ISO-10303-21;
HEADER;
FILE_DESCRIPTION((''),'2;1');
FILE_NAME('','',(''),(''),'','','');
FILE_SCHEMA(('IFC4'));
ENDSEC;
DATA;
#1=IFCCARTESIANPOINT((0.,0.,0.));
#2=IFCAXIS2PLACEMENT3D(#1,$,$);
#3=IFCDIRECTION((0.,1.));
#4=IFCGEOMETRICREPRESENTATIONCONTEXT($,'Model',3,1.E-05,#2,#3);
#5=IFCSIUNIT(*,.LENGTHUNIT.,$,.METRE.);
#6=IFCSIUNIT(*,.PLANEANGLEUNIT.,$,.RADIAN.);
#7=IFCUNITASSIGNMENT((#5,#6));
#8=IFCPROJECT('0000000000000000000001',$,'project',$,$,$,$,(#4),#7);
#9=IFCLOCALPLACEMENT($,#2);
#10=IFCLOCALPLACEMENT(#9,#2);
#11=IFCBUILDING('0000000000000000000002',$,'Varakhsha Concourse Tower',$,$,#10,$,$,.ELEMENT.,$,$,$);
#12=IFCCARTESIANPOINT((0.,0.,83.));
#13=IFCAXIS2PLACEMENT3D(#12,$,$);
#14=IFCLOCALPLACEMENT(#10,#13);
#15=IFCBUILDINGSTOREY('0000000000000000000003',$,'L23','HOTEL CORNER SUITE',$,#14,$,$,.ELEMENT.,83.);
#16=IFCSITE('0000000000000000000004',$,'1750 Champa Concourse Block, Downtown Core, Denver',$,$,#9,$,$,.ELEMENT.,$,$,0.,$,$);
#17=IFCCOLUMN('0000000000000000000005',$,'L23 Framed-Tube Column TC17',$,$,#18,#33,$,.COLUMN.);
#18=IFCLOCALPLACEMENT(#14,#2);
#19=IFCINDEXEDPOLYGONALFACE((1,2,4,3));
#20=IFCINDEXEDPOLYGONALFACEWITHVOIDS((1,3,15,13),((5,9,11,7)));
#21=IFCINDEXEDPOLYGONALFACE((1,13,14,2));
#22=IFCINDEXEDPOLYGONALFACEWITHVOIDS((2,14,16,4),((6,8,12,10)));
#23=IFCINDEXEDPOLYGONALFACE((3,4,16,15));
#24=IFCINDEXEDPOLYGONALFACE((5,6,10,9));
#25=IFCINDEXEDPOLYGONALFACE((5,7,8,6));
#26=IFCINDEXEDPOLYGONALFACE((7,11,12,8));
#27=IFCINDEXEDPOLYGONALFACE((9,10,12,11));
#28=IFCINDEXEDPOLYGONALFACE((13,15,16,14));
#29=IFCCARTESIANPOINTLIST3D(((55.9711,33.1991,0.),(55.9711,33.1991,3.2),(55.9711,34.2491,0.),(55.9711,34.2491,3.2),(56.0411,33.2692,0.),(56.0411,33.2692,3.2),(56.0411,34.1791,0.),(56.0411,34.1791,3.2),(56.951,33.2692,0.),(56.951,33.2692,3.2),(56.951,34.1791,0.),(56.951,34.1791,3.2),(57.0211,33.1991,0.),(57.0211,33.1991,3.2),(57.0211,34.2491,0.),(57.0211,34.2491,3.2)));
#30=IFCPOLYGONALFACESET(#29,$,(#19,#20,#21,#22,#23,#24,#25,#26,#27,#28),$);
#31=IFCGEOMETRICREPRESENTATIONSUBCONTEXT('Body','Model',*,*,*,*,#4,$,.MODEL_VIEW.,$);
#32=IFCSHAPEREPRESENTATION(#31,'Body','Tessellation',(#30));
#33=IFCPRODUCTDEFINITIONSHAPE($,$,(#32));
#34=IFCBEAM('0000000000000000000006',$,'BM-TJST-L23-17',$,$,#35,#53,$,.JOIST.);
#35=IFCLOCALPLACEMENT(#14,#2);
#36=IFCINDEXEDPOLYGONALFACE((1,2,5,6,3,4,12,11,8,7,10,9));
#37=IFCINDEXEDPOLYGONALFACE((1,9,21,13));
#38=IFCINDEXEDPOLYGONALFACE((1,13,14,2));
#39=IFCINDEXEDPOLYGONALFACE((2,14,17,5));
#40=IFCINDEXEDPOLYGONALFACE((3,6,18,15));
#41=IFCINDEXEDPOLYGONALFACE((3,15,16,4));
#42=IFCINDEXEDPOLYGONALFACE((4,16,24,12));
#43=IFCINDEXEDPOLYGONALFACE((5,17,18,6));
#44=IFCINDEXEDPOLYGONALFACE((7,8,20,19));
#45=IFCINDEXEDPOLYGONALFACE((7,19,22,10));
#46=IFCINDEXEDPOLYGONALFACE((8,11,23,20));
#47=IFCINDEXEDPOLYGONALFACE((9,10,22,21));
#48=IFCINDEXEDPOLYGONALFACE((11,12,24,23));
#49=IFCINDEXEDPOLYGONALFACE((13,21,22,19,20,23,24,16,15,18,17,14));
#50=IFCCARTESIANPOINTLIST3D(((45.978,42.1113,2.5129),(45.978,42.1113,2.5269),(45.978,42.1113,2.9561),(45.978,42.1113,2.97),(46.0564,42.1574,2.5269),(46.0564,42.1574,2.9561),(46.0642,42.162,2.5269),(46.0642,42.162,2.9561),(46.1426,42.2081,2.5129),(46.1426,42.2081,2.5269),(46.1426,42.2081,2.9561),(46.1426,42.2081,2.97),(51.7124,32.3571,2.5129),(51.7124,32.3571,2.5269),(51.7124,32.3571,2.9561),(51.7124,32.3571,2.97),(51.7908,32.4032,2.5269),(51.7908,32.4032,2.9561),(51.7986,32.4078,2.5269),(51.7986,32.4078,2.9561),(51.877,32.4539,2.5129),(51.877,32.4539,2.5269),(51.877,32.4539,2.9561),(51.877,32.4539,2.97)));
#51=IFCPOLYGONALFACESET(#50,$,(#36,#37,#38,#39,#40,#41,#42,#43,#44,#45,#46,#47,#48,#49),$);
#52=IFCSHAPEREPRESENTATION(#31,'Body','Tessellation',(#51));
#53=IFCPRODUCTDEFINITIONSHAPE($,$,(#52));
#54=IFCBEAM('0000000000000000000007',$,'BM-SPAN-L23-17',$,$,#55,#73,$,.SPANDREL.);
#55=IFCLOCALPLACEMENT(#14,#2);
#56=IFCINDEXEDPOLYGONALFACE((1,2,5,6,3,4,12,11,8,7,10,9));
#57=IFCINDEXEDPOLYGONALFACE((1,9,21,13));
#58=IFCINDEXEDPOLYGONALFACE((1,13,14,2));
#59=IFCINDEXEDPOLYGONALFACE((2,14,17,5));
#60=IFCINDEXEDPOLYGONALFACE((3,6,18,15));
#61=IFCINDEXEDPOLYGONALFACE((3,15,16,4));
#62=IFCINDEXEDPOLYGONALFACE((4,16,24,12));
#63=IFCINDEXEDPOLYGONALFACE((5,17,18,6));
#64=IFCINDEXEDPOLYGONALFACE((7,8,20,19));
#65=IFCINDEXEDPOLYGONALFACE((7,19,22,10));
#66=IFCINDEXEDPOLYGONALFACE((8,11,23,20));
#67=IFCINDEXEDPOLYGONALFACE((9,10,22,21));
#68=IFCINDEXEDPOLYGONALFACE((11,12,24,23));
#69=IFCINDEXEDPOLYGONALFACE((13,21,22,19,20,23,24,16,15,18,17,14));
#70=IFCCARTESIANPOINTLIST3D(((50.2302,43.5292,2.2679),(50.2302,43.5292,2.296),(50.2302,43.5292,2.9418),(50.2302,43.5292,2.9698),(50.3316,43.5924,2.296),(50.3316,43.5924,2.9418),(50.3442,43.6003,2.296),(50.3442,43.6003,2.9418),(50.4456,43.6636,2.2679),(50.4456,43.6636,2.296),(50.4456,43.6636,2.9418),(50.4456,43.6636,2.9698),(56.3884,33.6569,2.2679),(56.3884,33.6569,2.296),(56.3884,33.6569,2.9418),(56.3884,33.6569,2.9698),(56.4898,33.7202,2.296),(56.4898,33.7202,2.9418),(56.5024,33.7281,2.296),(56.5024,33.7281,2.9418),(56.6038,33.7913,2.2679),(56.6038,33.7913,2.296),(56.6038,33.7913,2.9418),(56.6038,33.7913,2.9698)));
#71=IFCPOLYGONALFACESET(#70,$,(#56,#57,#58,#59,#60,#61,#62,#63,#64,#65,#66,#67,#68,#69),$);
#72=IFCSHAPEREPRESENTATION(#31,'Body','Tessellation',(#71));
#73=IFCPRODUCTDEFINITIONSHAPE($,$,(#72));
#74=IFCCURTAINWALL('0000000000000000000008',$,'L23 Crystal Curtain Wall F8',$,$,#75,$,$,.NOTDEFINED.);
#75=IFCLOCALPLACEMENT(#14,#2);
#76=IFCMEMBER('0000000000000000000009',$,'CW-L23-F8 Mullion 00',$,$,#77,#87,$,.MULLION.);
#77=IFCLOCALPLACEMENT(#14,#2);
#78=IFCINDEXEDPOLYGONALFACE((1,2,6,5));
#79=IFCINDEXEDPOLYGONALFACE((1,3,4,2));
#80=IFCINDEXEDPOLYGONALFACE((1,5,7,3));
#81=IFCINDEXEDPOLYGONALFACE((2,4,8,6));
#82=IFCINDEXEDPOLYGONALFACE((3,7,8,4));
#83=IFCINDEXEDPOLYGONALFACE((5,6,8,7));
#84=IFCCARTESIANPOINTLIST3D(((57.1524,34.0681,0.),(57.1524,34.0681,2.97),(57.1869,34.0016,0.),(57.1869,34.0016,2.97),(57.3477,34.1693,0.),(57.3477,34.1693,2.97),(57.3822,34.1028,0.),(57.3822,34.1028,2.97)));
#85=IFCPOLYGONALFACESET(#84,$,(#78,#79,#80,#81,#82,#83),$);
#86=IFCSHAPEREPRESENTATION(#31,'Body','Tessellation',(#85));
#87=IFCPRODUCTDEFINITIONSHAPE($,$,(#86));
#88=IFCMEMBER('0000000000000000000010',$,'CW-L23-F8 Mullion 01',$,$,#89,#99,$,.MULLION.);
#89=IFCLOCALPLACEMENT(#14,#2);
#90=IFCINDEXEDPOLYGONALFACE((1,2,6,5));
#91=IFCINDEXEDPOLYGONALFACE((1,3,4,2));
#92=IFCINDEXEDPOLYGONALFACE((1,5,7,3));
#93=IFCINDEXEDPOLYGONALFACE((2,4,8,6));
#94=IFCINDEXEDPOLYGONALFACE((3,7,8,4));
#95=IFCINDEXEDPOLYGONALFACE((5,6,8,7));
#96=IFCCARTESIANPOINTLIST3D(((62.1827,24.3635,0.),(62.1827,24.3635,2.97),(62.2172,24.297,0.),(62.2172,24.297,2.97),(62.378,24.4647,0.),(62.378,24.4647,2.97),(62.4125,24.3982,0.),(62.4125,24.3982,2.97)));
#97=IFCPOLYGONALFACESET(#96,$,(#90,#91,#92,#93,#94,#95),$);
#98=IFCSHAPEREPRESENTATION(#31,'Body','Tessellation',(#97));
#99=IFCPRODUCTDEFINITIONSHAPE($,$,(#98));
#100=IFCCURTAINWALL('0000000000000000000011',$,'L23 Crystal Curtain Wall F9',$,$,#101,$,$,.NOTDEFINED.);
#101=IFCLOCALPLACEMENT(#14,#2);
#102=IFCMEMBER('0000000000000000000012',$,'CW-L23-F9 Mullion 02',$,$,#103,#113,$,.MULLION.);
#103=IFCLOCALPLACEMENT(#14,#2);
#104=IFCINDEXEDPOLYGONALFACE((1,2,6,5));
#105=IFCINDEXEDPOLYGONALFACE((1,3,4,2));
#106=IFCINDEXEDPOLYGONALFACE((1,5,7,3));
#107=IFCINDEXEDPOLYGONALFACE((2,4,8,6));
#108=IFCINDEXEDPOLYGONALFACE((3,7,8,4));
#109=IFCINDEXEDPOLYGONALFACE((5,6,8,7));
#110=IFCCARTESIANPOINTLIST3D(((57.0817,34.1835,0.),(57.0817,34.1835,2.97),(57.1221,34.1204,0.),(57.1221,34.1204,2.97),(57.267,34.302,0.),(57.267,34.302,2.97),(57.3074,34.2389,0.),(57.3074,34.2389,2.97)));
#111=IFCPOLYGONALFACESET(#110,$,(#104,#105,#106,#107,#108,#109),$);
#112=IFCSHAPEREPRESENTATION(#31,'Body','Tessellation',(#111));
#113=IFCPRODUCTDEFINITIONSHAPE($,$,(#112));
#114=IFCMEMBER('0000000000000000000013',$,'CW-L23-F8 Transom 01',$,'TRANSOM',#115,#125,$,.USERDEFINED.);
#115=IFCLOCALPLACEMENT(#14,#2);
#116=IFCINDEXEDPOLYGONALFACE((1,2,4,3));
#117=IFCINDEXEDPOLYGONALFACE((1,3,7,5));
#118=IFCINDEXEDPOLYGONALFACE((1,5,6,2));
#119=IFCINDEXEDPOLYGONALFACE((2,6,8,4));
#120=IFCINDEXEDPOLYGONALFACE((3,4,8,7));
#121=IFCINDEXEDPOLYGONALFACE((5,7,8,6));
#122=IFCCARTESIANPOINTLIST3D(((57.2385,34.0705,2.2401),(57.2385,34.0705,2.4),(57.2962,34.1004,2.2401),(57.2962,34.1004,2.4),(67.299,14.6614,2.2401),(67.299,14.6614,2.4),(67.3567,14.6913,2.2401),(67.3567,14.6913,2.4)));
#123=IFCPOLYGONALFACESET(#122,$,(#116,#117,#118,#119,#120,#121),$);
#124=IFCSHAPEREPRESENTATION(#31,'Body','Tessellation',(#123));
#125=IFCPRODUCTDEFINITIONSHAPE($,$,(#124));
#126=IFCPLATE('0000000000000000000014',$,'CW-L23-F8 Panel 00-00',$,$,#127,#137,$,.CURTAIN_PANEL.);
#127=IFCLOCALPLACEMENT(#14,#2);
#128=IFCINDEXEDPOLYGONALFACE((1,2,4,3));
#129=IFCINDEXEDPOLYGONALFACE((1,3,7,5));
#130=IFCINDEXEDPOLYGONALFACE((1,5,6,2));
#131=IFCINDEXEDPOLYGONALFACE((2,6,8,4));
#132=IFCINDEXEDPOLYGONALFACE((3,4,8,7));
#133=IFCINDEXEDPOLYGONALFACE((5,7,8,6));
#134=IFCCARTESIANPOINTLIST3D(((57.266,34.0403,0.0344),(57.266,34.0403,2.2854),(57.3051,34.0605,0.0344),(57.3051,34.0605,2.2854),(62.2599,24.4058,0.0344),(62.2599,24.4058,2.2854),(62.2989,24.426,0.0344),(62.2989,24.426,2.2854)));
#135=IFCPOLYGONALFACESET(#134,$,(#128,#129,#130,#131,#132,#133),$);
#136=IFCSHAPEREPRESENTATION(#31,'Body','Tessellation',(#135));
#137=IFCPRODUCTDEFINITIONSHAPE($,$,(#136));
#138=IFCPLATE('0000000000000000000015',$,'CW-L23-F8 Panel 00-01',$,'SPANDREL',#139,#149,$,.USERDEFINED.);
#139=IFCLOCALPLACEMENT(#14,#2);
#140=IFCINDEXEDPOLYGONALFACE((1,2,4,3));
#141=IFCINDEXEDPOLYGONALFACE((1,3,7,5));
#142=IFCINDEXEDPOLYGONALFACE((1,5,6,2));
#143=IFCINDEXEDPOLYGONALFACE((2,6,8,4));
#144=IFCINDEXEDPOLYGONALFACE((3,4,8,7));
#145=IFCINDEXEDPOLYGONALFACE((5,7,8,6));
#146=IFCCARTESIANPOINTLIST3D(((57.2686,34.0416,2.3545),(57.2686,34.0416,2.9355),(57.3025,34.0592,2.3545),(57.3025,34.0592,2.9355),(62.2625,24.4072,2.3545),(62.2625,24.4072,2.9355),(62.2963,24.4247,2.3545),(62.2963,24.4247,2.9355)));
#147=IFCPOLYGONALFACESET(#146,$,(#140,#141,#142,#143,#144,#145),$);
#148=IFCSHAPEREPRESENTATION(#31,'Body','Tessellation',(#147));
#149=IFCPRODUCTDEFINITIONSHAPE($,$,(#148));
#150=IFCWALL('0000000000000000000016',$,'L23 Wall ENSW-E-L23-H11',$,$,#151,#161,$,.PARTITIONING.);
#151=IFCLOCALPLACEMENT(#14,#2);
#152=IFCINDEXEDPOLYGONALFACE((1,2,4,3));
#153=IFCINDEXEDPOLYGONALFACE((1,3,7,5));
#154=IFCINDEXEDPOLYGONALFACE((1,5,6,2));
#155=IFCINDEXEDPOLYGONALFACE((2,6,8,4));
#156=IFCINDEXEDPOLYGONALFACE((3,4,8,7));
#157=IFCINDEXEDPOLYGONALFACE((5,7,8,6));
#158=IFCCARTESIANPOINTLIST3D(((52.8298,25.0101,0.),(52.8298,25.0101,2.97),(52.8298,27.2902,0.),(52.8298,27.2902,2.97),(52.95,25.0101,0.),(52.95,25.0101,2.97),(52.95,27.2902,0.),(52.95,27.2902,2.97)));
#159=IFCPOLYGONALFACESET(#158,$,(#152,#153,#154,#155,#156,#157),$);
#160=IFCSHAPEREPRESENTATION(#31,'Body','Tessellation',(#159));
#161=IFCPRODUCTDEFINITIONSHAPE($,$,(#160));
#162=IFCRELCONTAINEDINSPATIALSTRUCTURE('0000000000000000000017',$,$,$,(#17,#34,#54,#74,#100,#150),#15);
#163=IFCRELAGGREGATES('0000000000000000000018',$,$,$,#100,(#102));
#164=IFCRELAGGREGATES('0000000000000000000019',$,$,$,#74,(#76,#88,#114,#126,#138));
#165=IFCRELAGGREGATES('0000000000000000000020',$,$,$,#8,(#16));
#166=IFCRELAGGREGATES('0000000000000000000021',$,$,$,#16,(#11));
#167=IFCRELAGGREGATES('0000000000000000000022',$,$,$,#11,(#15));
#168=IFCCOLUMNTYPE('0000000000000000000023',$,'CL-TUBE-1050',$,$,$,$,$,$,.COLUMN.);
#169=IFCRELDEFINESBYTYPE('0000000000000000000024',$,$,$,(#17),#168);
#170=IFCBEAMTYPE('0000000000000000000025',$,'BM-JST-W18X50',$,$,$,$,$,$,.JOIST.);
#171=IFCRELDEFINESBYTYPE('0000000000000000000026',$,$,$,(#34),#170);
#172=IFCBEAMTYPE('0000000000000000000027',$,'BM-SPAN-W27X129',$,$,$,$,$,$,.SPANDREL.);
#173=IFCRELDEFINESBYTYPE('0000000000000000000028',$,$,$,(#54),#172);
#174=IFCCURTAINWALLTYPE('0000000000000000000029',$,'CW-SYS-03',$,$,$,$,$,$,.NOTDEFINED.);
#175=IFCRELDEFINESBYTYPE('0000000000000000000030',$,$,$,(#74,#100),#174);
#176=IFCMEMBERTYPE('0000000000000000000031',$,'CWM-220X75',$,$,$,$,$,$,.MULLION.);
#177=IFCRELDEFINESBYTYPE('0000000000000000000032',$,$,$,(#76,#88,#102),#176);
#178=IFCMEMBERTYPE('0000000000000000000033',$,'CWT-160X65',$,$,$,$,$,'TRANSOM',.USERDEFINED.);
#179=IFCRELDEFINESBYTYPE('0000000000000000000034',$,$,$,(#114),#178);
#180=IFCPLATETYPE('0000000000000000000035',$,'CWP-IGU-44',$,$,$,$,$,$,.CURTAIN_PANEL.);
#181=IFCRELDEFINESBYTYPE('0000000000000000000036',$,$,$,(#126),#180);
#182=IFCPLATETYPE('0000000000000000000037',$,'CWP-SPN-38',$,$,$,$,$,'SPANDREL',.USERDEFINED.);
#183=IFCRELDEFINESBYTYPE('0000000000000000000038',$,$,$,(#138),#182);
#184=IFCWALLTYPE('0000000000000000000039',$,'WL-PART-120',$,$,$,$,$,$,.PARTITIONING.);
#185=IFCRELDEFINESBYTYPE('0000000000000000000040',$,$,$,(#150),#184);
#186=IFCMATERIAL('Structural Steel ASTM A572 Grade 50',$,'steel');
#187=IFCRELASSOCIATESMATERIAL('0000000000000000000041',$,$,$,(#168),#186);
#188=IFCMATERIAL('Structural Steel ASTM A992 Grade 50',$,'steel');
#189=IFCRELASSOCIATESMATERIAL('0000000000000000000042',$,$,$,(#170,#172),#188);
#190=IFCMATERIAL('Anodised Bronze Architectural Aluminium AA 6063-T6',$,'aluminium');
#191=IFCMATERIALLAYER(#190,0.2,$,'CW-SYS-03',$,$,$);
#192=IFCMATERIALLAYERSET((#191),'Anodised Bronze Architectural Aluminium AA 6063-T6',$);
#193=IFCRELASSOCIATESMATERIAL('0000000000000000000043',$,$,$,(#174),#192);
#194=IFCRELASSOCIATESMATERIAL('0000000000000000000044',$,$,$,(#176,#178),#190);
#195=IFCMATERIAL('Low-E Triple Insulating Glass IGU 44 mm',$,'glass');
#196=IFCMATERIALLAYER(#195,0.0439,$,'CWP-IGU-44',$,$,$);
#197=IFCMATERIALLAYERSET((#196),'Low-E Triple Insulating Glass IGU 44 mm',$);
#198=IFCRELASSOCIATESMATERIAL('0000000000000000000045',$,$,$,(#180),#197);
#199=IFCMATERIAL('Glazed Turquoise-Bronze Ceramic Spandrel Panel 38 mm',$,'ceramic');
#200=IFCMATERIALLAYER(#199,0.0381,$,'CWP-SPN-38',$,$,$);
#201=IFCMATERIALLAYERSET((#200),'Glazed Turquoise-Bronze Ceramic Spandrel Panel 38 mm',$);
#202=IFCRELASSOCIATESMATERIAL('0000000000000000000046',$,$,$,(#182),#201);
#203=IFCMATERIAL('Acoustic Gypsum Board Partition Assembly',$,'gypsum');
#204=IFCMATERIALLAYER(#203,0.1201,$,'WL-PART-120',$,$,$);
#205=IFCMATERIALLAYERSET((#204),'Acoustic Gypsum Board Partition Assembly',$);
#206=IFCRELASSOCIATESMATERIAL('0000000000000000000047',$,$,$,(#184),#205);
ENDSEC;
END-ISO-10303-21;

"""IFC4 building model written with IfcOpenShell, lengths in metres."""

from ifc_helpers import new_model, si_unit, direction, frame, frame_2d, origin, origin_2d, place, context, subcontext, project, spatial, rectangle, hollow_rectangle, i_section, extrude, source, transform, mapped, material, layer, layer_set, material_profile, profile_set, type_object, type_shapes, element, aggregate, save


model = new_model("IFC4")

# Units and contexts
model_context = context("Model", 3, precision=1e-05, world=origin(), true_north=direction((0.0, 1.0)))
body_context = subcontext(model_context, "Body", "Model", "MODEL_VIEW")
ifc_project = project(units=[si_unit("LENGTHUNIT", "METRE"), si_unit("PLANEANGLEUNIT", "RADIAN")], contexts=[model_context])

# Site, building, storey
site_placement = place(None, origin())
site = spatial("IfcSite", under=ifc_project, at=site_placement, Name="1750 Champa Concourse Block, Downtown Core, Denver", CompositionType="ELEMENT", RefElevation=0.0)
building_placement = place(site_placement, origin())
building = spatial("IfcBuilding", under=site, at=building_placement, Name="Varakhsha Concourse Tower", CompositionType="ELEMENT")
storey_placement = place(building_placement, frame((0.0, 0.0, 83.0)))
storey = spatial("IfcBuildingStorey", under=building, at=storey_placement, Name="L23", Description="HOTEL CORNER SUITE", CompositionType="ELEMENT", Elevation=83.0)

# Column
ifc_material_1 = material(Name="Structural Steel ASTM A572 Grade 50", Category="steel")
ifc_material_profile_1 = material_profile(ifc_material_1, hollow_rectangle(XDim=1.05, YDim=1.05, WallThickness=0.0701, at=origin_2d()), Name="BOX 1050x1050x70")
ifc_profile_set_1 = profile_set([ifc_material_profile_1], Name="Structural Steel ASTM A572 Grade 50")
column_type = type_object("IfcColumnType", Name="CL-TUBE-1050", PredefinedType="COLUMN", material=ifc_profile_set_1)
column_placement = place(storey_placement, frame((56.4961, 33.7241, 0.0), z_axis=(0.0, 0.0, 1.0), x_axis=(1.0, 0.0, 0.0)))
element("IfcColumn", 1, at=column_placement, inside=storey, type_object=column_type, Name="L23 Framed-Tube Column TC17", PredefinedType="COLUMN", context=body_context, shape_type="SweptSolid", body=[
    extrude(hollow_rectangle(XDim=1.05, YDim=1.05, WallThickness=0.0701, at=origin_2d()), origin(), (0.0, 0.0, 1.0), 3.2),
])

# Beams
ifc_material_2 = material(Name="Structural Steel ASTM A992 Grade 50", Category="steel")
ifc_material_profile_2 = material_profile(ifc_material_2, i_section(OverallWidth=0.1909, OverallDepth=0.457, WebThickness=0.009, FlangeThickness=0.0139, at=origin_2d()), Name="W18X50")
ifc_profile_set_2 = profile_set([ifc_material_profile_2], Name="Structural Steel ASTM A992 Grade 50")
beam_type_1 = type_object("IfcBeamType", Name="BM-JST-W18X50", PredefinedType="JOIST", material=ifc_profile_set_2)
beam_1_placement = place(storey_placement, frame((51.7947, 32.4055, 2.7415), z_axis=(-0.506799, 0.862064, 0.0), x_axis=(-0.862064, -0.506799, 0.0)))
element("IfcBeam", 2, at=beam_1_placement, inside=storey, type_object=beam_type_1, Name="BM-TJST-L23-17", PredefinedType="JOIST", context=body_context, shape_type="SweptSolid", body=[
    extrude(i_section(OverallWidth=0.1909, OverallDepth=0.457, WebThickness=0.009, FlangeThickness=0.0139, at=origin_2d()), origin(), (0.0, 0.0, 1.0), 11.3149),
])
ifc_material_profile_3 = material_profile(ifc_material_2, i_section(OverallWidth=0.2539, OverallDepth=0.7019, WebThickness=0.0149, FlangeThickness=0.0281, at=origin_2d()), Name="W27X129")
ifc_profile_set_3 = profile_set([ifc_material_profile_3], Name="Structural Steel ASTM A992 Grade 50")
beam_type_2 = type_object("IfcBeamType", Name="BM-SPAN-W27X129", PredefinedType="SPANDREL", material=ifc_profile_set_3)
beam_2_placement = place(storey_placement, frame((56.4961, 33.7241, 2.6189), z_axis=(-0.529258, 0.848461, 0.0), x_axis=(-0.848461, -0.529258, 0.0)))
element("IfcBeam", 3, at=beam_2_placement, inside=storey, type_object=beam_type_2, Name="BM-SPAN-L23-17", PredefinedType="SPANDREL", context=body_context, shape_type="SweptSolid", body=[
    extrude(i_section(OverallWidth=0.2539, OverallDepth=0.7019, WebThickness=0.0149, FlangeThickness=0.0281, at=origin_2d()), origin(), (0.0, 0.0, 1.0), 11.6355),
])

# Curtain wall, members
ifc_material_3 = material(Name="Anodised Bronze Architectural Aluminium AA 6063-T6", Category="aluminium")
ifc_layer_1 = layer(ifc_material_3, 0.2, Name="CW-SYS-03")
ifc_layer_set_1 = layer_set([ifc_layer_1], Name="Anodised Bronze Architectural Aluminium AA 6063-T6")
curtain_wall_type = type_object("IfcCurtainWallType", Name="CW-SYS-03", PredefinedType="NOTDEFINED", material=ifc_layer_set_1)
curtain_wall_1_placement = place(storey_placement, origin())
curtain_wall_1 = element("IfcCurtainWall", 4, at=curtain_wall_1_placement, inside=storey, type_object=curtain_wall_type, Name="L23 Crystal Curtain Wall F8", PredefinedType="NOTDEFINED")
ifc_material_profile_4 = material_profile(ifc_material_3, rectangle(XDim=0.075, YDim=0.22, at=origin_2d()), Name="CWM-220X75")
ifc_profile_set_4 = profile_set([ifc_material_profile_4], Name="Anodised Bronze Architectural Aluminium AA 6063-T6")
member_type_1 = type_object("IfcMemberType", Name="CWM-220X75", PredefinedType="MULLION", material=ifc_profile_set_4)
shared_shape_1 = source(origin(), body_context, "Body", "SweptSolid", [
    extrude(rectangle(XDim=0.075, YDim=0.22, at=origin_2d()), origin(), (0.0, 0.0, 1.0), 2.97),
])
type_shapes(member_type_1, [shared_shape_1])
member_1_placement = place(storey_placement, frame((57.2673, 34.0854, 0.0), z_axis=(0.0, 0.0, 1.0), x_axis=(0.460186, -0.887823, 0.0)))
member_1 = element("IfcMember", 5, at=member_1_placement, type_object=member_type_1, Name="CW-L23-F8 Mullion 00", PredefinedType="MULLION", context=body_context, shape_type="MappedRepresentation", body=[
    mapped(shared_shape_1, transform((0.0, 0.0, 0.0), scale=1.0)),
])
member_2_placement = place(storey_placement, frame((62.2976, 24.3809, 0.0), z_axis=(0.0, 0.0, 1.0), x_axis=(0.460186, -0.887823, 0.0)))
member_2 = element("IfcMember", 6, at=member_2_placement, type_object=member_type_1, Name="CW-L23-F8 Mullion 01", PredefinedType="MULLION", context=body_context, shape_type="MappedRepresentation", body=[
    mapped(shared_shape_1, transform((0.0, 0.0, 0.0), scale=1.0)),
])

# Curtain wall, member
curtain_wall_2_placement = place(storey_placement, origin())
curtain_wall_2 = element("IfcCurtainWall", 7, at=curtain_wall_2_placement, inside=storey, type_object=curtain_wall_type, Name="L23 Crystal Curtain Wall F9", PredefinedType="NOTDEFINED")
member_3_placement = place(storey_placement, frame((57.1946, 34.2112, 0.0), z_axis=(0.0, 0.0, 1.0), x_axis=(0.538787, -0.842442, 0.0)))
member_3 = element("IfcMember", 8, at=member_3_placement, type_object=member_type_1, Name="CW-L23-F9 Mullion 02", PredefinedType="MULLION", context=body_context, shape_type="MappedRepresentation", body=[
    mapped(shared_shape_1, transform((0.0, 0.0, 0.0), scale=1.0)),
])
aggregate(curtain_wall_2, [member_3])

# Member
ifc_material_profile_5 = material_profile(ifc_material_3, rectangle(XDim=0.0649, YDim=0.1599, at=origin_2d()), Name="CWT-160X65")
ifc_profile_set_5 = profile_set([ifc_material_profile_5], Name="Anodised Bronze Architectural Aluminium AA 6063-T6")
member_type_2 = type_object("IfcMemberType", Name="CWT-160X65", ElementType="TRANSOM", PredefinedType="USERDEFINED", material=ifc_profile_set_5)
shared_shape_2 = source(origin(), body_context, "Body", "SweptSolid", [
    extrude(rectangle(XDim=0.0649, YDim=0.1599, at=origin_2d()), origin(), (0.0, 0.0, 1.0), 21.8616),
])
type_shapes(member_type_2, [shared_shape_2])
member_4_placement = place(storey_placement, frame((57.2673, 34.0854, 2.3201), z_axis=(0.460192, -0.887819, 0.0), x_axis=(0.887819, 0.460192, 0.0)))
member_4 = element("IfcMember", 9, at=member_4_placement, type_object=member_type_2, Name="CW-L23-F8 Transom 01", ObjectType="TRANSOM", PredefinedType="USERDEFINED", context=body_context, shape_type="MappedRepresentation", body=[
    mapped(shared_shape_2, transform((0.0, 0.0, 0.0), scale=1.0)),
])

# Plates
ifc_material_4 = material(Name="Low-E Triple Insulating Glass IGU 44 mm", Category="glass")
ifc_layer_2 = layer(ifc_material_4, 0.0439, Name="CWP-IGU-44")
ifc_layer_set_2 = layer_set([ifc_layer_2], Name="Low-E Triple Insulating Glass IGU 44 mm")
plate_type_1 = type_object("IfcPlateType", Name="CWP-IGU-44", PredefinedType="CURTAIN_PANEL", material=ifc_layer_set_2)
shared_shape_3 = source(origin(), body_context, "Body", "SweptSolid", [
    extrude(rectangle(XDim=10.8518, YDim=0.0439, at=origin_2d()), origin(), (0.0, 0.0, 1.0), 2.251),
])
type_shapes(plate_type_1, [shared_shape_3])
plate_1_placement = place(storey_placement, frame((59.7825, 29.2332, 0.0344), z_axis=(0.0, 0.0, 1.0), x_axis=(0.460186, -0.887823, 0.0)))
plate_1 = element("IfcPlate", 10, at=plate_1_placement, type_object=plate_type_1, Name="CW-L23-F8 Panel 00-00", PredefinedType="CURTAIN_PANEL", context=body_context, shape_type="MappedRepresentation", body=[
    mapped(shared_shape_3, transform((0.0, 0.0, 0.0), scale=1.0)),
])
ifc_material_5 = material(Name="Glazed Turquoise-Bronze Ceramic Spandrel Panel 38 mm", Category="ceramic")
ifc_layer_3 = layer(ifc_material_5, 0.0381, Name="CWP-SPN-38")
ifc_layer_set_3 = layer_set([ifc_layer_3], Name="Glazed Turquoise-Bronze Ceramic Spandrel Panel 38 mm")
plate_type_2 = type_object("IfcPlateType", Name="CWP-SPN-38", ElementType="SPANDREL", PredefinedType="USERDEFINED", material=ifc_layer_set_3)
shared_shape_4 = source(origin(), body_context, "Body", "SweptSolid", [
    extrude(rectangle(XDim=10.8518, YDim=0.0381, at=origin_2d()), origin(), (0.0, 0.0, 1.0), 0.5811),
])
type_shapes(plate_type_2, [shared_shape_4])
plate_2_placement = place(storey_placement, frame((59.7825, 29.2332, 2.3545), z_axis=(0.0, 0.0, 1.0), x_axis=(0.460186, -0.887823, 0.0)))
plate_2 = element("IfcPlate", 11, at=plate_2_placement, type_object=plate_type_2, Name="CW-L23-F8 Panel 00-01", ObjectType="SPANDREL", PredefinedType="USERDEFINED", context=body_context, shape_type="MappedRepresentation", body=[
    mapped(shared_shape_4, transform((0.0, 0.0, 0.0), scale=1.0)),
])
aggregate(curtain_wall_1, [member_1, member_2, member_4, plate_1, plate_2])

# Wall
ifc_material_6 = material(Name="Acoustic Gypsum Board Partition Assembly", Category="gypsum")
ifc_layer_4 = layer(ifc_material_6, 0.1201, Name="WL-PART-120")
ifc_layer_set_4 = layer_set([ifc_layer_4], Name="Acoustic Gypsum Board Partition Assembly")
wall_type_1 = type_object("IfcWallType", Name="WL-PART-120", PredefinedType="PARTITIONING", material=ifc_layer_set_4)
wall_1_placement = place(storey_placement, frame((52.8899, 25.01, 0.0), z_axis=(0.0, 0.0, 1.0), x_axis=(0.0, 1.0, 0.0)))
element("IfcWall", 12, at=wall_1_placement, inside=storey, type_object=wall_type_1, Name="L23 Wall ENSW-E-L23-H11", PredefinedType="PARTITIONING", context=body_context, shape_type="SweptSolid", body=[
    extrude(rectangle(XDim=2.28, YDim=0.1201, at=frame_2d((1.1401, 0.0))), origin(), (0.0, 0.0, 1.0), 2.97),
])

save(model, "model.ifc")
